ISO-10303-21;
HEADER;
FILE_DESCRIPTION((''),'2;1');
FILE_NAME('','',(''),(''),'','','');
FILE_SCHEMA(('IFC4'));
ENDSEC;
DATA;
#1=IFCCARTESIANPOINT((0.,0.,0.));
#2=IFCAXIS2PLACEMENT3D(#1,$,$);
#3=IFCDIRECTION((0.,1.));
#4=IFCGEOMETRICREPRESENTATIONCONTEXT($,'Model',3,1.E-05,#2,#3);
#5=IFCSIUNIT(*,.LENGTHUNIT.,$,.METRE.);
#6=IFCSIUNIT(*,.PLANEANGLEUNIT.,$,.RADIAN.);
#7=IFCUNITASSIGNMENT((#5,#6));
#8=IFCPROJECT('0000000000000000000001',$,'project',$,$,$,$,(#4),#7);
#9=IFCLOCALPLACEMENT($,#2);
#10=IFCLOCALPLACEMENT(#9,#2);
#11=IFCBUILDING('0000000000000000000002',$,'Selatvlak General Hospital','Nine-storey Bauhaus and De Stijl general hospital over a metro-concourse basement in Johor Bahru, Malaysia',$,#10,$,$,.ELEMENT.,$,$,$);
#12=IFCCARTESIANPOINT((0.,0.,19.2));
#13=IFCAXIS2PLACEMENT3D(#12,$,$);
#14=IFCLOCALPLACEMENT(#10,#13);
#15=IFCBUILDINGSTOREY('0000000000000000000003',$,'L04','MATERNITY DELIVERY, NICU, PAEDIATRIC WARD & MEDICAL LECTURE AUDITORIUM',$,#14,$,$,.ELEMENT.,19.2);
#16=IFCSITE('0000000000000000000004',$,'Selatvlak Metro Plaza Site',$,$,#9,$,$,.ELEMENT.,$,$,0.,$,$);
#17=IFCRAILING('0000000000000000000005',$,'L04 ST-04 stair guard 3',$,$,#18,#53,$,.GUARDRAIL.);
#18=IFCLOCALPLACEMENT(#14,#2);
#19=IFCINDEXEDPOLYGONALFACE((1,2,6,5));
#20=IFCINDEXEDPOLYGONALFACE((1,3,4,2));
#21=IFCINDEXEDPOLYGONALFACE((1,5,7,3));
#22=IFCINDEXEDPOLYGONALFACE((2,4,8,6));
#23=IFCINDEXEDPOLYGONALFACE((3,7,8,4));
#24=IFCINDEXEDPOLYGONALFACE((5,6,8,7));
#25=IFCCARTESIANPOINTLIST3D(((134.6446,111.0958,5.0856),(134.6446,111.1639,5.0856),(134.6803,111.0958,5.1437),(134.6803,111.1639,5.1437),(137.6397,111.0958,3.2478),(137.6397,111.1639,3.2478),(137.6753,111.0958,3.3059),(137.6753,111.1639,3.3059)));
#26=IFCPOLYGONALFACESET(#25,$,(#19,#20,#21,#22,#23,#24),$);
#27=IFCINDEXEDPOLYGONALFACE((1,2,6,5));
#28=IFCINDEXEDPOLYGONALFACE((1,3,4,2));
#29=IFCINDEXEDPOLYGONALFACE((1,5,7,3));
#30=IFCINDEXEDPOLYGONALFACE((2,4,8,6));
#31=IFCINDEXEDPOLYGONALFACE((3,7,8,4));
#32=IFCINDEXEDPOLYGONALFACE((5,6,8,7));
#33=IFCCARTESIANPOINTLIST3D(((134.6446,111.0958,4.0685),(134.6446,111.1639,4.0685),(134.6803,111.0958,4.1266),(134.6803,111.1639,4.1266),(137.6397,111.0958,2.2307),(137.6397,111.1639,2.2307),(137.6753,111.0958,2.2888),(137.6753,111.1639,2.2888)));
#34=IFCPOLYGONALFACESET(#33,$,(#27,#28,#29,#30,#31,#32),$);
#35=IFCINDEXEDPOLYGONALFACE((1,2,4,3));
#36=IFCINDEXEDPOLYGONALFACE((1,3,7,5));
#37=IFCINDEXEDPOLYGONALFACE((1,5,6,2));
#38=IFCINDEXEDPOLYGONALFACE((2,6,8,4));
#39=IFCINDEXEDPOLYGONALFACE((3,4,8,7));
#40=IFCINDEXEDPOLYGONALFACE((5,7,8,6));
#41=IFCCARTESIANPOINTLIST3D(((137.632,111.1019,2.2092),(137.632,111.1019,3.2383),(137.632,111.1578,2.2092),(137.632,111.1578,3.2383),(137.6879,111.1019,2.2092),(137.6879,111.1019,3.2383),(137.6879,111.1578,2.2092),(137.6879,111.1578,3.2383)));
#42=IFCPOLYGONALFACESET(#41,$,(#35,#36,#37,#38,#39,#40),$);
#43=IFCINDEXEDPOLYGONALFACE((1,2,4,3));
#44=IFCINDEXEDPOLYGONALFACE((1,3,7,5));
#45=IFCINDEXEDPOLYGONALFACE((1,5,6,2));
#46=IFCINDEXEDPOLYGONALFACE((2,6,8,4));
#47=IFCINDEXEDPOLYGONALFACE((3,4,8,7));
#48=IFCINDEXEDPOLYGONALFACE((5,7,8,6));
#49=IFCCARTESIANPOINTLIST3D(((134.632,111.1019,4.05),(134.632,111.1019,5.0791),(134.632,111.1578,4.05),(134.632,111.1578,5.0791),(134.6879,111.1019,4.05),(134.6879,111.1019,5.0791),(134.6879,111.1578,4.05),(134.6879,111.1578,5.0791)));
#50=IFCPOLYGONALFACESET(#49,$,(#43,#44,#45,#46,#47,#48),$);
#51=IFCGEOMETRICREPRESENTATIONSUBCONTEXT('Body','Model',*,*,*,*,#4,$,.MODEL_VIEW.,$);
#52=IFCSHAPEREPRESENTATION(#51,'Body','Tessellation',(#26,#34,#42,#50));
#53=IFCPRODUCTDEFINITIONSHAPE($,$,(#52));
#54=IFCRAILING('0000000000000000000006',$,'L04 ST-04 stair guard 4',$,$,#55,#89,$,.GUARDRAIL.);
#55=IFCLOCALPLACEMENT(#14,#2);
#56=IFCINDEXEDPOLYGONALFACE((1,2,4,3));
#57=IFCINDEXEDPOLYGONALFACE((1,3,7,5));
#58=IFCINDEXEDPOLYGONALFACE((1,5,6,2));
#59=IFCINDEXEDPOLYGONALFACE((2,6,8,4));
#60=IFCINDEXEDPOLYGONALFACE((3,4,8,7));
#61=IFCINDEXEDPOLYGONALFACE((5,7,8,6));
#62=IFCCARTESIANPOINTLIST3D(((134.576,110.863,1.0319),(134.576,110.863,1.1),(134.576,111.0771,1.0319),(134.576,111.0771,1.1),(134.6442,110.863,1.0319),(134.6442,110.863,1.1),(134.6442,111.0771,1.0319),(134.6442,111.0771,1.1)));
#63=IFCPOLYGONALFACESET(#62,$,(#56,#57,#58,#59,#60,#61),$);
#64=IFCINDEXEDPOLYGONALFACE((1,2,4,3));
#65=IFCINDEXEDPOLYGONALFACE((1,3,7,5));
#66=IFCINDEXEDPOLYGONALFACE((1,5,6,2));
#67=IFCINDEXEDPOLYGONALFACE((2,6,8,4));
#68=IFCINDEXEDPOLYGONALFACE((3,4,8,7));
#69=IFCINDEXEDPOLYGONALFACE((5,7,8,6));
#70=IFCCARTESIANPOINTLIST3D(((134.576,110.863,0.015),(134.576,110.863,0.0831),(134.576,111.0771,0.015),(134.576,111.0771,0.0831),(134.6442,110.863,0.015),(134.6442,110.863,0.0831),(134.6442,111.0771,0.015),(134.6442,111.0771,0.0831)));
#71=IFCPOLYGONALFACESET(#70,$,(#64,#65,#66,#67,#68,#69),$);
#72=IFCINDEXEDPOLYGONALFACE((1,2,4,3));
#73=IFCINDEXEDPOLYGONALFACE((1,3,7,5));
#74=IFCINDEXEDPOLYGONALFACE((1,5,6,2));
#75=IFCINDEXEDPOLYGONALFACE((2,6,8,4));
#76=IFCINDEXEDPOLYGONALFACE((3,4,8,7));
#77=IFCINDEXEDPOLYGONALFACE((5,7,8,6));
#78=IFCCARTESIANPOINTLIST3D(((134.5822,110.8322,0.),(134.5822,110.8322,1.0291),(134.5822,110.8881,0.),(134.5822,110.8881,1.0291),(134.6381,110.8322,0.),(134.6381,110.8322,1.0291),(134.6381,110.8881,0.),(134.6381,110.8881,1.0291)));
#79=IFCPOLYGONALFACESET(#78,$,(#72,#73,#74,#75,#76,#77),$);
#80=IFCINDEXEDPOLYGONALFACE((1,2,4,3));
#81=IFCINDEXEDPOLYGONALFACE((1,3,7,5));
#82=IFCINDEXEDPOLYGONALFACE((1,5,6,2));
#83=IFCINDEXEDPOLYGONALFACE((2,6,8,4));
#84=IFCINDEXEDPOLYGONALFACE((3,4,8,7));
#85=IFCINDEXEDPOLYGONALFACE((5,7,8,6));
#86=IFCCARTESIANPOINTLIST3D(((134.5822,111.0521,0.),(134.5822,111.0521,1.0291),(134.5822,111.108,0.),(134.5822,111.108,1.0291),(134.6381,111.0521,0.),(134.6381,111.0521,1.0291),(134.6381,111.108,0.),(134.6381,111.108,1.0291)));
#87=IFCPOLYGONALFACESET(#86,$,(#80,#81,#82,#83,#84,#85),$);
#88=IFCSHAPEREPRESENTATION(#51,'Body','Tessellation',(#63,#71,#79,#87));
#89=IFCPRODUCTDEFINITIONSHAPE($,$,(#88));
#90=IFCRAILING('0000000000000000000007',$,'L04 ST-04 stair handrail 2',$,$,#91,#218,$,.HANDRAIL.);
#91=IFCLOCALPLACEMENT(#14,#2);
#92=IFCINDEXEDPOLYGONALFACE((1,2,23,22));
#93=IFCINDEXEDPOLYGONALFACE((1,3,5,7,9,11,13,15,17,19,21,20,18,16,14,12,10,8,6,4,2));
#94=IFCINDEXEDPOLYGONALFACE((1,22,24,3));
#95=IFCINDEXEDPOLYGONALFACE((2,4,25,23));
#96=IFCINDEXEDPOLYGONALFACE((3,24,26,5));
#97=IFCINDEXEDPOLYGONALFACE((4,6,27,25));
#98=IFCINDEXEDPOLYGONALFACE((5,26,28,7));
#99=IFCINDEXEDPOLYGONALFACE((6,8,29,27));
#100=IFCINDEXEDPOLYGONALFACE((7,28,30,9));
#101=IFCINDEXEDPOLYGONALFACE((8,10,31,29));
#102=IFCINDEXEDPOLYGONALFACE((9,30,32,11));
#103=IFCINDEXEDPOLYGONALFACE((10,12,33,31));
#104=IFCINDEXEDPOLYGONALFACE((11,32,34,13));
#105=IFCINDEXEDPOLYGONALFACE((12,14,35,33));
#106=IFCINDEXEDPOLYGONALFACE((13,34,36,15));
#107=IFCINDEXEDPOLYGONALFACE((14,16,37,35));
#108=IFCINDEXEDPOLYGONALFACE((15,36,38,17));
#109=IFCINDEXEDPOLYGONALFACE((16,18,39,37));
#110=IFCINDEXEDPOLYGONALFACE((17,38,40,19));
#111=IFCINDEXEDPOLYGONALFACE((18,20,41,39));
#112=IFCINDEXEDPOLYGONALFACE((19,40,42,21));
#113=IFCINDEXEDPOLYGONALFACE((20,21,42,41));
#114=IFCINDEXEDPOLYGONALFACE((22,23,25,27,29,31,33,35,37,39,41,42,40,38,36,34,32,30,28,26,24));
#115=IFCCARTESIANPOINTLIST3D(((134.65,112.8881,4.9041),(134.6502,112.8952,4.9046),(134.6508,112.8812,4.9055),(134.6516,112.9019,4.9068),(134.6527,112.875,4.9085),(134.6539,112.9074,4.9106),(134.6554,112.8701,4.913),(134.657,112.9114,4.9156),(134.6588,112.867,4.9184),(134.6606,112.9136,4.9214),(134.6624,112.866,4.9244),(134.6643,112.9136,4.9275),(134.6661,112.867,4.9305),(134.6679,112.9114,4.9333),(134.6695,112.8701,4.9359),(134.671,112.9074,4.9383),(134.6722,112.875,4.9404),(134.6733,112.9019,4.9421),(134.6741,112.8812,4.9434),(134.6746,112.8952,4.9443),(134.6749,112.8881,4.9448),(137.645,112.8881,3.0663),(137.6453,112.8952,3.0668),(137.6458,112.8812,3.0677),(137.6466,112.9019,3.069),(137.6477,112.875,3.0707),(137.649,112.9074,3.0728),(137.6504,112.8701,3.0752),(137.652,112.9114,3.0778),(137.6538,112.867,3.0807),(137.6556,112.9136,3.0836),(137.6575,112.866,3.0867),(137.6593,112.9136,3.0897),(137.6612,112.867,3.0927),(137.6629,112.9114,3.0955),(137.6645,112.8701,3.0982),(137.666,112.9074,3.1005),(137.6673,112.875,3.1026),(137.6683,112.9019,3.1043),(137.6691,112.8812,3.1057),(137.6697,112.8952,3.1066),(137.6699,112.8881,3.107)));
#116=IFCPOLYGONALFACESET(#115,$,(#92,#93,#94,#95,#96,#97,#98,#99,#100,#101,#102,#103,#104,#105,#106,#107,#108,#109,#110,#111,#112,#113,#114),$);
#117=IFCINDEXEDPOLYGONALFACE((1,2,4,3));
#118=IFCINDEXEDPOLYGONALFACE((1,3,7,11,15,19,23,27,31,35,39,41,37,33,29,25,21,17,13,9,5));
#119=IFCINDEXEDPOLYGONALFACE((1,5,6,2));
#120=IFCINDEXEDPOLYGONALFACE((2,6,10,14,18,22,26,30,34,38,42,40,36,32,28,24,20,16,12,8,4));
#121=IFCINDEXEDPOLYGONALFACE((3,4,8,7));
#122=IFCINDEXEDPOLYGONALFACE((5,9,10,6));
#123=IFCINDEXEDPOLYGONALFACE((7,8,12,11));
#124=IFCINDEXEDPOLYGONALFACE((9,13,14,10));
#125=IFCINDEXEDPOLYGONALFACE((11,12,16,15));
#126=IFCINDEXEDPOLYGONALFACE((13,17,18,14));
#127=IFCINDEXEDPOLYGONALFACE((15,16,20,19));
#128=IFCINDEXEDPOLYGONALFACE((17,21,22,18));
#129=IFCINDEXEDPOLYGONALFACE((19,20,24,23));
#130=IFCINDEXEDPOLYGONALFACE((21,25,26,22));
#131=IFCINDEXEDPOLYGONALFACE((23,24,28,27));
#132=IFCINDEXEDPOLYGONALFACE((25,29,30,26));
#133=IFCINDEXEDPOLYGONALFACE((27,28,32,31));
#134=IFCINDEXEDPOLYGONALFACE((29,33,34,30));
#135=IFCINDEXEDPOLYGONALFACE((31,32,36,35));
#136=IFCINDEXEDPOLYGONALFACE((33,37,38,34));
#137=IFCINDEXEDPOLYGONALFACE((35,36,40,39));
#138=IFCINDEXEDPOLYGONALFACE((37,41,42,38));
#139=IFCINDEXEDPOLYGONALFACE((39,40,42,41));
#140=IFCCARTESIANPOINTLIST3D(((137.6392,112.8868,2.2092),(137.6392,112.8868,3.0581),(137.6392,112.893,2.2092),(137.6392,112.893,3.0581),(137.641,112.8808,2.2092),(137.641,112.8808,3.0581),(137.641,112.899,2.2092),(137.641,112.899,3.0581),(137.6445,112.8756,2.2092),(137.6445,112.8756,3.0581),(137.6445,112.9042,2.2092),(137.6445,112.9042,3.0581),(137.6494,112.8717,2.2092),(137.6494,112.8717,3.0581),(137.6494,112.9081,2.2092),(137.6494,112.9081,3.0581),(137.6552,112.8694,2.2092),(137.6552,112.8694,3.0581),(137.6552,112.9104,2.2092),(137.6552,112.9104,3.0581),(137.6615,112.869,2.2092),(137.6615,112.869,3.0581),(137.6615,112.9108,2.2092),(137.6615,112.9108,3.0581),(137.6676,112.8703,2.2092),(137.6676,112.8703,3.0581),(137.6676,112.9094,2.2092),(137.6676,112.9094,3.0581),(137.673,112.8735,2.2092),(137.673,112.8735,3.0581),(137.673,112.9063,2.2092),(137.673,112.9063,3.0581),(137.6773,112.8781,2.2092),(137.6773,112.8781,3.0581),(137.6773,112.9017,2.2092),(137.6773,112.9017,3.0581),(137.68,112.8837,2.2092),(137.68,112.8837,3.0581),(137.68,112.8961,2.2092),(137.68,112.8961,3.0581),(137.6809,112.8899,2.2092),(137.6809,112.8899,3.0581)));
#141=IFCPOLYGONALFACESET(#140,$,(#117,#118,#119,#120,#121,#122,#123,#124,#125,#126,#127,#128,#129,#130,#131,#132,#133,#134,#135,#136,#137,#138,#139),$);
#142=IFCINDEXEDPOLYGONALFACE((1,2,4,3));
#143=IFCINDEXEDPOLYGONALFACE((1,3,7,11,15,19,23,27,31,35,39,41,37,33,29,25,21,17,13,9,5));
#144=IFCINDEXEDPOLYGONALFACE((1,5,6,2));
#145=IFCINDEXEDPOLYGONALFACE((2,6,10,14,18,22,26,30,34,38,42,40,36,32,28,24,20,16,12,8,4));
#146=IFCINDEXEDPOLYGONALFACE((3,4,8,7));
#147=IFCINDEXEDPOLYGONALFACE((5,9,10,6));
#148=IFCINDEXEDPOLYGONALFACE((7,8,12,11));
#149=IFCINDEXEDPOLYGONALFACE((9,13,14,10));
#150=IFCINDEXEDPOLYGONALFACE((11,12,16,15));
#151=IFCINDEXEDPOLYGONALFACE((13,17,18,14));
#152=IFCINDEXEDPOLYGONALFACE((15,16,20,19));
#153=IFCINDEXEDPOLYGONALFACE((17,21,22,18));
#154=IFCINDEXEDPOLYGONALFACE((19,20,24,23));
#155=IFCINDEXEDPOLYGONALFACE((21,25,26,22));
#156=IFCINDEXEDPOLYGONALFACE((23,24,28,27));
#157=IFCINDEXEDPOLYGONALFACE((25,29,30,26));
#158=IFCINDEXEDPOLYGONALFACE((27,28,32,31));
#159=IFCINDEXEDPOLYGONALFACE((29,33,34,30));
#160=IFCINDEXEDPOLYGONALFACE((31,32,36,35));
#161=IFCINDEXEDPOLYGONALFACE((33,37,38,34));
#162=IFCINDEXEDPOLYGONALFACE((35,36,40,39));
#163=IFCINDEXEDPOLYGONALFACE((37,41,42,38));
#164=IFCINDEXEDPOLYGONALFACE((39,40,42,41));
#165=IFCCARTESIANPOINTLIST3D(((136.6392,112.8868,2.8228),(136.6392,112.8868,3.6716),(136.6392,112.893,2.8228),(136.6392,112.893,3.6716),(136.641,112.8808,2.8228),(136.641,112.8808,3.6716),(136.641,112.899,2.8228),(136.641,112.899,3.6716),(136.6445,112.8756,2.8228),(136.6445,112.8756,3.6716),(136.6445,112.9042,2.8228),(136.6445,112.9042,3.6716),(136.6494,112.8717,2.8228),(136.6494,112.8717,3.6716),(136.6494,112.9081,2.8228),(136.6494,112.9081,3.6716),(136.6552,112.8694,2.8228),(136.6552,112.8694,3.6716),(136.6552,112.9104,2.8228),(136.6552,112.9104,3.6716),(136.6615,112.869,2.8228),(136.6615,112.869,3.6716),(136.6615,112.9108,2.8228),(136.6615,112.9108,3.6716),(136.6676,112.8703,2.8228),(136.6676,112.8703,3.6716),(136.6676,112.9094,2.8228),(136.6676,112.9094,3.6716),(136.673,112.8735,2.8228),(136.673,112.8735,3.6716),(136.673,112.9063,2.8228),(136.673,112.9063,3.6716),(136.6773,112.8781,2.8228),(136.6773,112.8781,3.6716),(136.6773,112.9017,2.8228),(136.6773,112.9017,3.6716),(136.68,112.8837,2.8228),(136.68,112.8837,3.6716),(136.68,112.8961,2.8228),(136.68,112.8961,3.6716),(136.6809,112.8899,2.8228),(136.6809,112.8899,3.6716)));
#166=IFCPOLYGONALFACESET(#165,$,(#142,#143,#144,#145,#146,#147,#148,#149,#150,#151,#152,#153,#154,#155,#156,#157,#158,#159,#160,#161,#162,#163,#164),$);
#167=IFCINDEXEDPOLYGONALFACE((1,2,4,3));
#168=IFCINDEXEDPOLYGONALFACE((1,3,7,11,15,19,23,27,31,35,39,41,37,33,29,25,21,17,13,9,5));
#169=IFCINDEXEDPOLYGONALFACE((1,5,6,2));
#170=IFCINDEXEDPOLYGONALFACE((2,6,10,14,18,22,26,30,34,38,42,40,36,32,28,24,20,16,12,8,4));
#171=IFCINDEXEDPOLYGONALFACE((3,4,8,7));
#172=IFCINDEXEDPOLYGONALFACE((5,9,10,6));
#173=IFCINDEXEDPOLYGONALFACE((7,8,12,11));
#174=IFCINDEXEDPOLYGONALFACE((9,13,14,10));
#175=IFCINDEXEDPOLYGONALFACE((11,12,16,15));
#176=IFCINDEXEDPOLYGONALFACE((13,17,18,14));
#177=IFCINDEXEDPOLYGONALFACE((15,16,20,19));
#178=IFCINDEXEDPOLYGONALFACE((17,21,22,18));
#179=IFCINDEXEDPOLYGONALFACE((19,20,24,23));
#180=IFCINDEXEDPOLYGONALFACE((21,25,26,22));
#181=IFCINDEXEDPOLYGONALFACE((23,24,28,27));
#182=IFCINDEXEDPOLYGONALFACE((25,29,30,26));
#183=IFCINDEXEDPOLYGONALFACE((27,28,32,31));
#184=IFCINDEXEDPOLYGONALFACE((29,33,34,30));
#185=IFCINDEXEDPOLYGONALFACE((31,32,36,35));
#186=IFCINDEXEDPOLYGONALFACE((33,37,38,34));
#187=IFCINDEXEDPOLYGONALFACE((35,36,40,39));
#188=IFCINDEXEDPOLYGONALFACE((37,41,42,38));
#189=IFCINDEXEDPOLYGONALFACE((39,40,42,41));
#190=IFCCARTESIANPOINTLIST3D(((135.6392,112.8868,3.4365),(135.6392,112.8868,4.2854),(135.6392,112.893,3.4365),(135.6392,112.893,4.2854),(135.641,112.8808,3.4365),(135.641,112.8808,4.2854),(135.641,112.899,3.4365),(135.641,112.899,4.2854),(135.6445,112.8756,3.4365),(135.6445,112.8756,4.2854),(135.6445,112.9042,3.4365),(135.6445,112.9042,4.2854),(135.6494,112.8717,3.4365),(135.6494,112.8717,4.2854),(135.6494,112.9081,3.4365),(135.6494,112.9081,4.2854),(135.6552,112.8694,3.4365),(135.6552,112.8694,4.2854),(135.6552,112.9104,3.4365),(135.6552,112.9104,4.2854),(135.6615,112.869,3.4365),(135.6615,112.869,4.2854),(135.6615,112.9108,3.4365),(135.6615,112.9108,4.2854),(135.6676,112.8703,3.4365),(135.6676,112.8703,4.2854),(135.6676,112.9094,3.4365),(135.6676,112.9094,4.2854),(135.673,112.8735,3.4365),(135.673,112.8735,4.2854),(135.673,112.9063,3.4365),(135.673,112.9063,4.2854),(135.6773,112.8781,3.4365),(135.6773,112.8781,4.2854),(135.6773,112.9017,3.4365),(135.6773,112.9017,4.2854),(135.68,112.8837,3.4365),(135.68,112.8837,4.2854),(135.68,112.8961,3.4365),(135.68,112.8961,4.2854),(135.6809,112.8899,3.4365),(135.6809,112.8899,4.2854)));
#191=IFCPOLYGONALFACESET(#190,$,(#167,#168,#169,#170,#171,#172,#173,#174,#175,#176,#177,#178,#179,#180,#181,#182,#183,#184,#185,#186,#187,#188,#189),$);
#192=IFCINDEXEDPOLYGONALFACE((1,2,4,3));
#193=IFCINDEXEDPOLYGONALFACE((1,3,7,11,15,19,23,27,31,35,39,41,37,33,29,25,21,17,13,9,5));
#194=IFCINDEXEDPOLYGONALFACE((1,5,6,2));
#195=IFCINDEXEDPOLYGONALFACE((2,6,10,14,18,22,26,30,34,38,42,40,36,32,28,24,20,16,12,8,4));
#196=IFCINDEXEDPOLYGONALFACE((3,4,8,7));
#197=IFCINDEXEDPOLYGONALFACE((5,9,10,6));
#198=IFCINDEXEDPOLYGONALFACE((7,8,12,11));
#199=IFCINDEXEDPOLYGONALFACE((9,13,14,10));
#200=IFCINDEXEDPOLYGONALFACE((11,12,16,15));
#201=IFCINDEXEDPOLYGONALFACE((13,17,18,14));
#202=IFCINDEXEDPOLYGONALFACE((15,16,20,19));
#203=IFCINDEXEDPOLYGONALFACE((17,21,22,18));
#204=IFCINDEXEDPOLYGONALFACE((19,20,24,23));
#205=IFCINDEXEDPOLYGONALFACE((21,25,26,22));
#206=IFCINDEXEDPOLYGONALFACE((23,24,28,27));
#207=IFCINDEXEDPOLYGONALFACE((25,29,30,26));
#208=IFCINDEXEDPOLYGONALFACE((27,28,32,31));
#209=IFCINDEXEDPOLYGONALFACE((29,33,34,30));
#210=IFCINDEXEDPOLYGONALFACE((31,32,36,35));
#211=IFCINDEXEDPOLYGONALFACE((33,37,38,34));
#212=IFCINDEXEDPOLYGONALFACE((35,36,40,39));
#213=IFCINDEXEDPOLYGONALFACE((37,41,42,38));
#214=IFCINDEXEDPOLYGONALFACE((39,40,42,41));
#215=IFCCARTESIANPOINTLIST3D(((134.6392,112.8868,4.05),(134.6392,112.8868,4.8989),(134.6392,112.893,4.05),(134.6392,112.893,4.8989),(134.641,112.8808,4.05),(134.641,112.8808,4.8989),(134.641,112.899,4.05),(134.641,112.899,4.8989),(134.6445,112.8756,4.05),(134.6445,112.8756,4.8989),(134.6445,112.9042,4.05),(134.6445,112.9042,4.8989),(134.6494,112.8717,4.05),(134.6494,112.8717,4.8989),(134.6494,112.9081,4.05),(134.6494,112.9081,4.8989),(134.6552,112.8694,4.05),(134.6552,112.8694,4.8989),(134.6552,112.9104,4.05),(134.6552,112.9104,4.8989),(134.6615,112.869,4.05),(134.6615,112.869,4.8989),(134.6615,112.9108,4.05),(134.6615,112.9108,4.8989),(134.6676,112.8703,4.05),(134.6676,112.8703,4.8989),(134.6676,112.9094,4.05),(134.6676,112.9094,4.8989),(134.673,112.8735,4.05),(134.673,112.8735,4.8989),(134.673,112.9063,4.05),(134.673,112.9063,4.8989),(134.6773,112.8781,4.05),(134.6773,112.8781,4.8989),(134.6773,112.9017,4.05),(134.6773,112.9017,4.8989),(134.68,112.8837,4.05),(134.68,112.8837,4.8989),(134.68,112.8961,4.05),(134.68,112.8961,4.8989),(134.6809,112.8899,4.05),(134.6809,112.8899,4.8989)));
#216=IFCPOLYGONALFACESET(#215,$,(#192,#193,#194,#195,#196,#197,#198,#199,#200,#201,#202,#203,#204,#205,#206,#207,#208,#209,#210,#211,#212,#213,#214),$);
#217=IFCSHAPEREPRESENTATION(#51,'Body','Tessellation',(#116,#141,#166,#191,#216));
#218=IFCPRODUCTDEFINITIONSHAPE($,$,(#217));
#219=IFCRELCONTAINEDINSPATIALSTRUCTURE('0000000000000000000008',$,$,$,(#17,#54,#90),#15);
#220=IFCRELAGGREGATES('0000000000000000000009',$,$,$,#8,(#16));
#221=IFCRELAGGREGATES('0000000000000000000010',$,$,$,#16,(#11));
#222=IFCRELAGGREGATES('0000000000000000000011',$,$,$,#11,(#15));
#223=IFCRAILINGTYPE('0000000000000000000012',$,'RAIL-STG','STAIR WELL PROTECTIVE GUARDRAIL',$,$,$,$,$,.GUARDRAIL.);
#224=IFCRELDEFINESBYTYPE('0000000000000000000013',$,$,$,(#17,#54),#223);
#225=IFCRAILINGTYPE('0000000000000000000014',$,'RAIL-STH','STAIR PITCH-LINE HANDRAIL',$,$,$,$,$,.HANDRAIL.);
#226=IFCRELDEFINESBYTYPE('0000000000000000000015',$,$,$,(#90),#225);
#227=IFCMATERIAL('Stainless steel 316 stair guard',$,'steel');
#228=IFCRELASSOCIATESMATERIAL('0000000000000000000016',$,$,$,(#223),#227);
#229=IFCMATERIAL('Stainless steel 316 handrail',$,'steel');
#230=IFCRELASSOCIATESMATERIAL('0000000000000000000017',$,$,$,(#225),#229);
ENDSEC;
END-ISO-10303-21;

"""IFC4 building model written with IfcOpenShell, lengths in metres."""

from ifc_helpers import new_model, si_unit, direction, frame, origin, origin_2d, place, context, subcontext, project, spatial, rectangle, circle, extrude, material, type_object, element, save


model = new_model("IFC4")

# Units and contexts
model_context = context("Model", 3, precision=1e-05, world=origin(), true_north=direction((0.0, 1.0)))
body_context = subcontext(model_context, "Body", "Model", "MODEL_VIEW")
ifc_project = project(units=[si_unit("LENGTHUNIT", "METRE"), si_unit("PLANEANGLEUNIT", "RADIAN")], contexts=[model_context])

# Site, building, storey
site_placement = place(None, origin())
site = spatial("IfcSite", under=ifc_project, at=site_placement, Name="Selatvlak Metro Plaza Site", CompositionType="ELEMENT", RefElevation=0.0)
building_placement = place(site_placement, origin())
building = spatial("IfcBuilding", under=site, at=building_placement, Name="Selatvlak General Hospital", Description="Nine-storey Bauhaus and De Stijl general hospital over a metro-concourse basement in Johor Bahru, Malaysia", CompositionType="ELEMENT")
storey_placement = place(building_placement, frame((0.0, 0.0, 19.2)))
storey = spatial("IfcBuildingStorey", under=building, at=storey_placement, Name="L04", Description="MATERNITY DELIVERY, NICU, PAEDIATRIC WARD & MEDICAL LECTURE AUDITORIUM", CompositionType="ELEMENT", Elevation=19.2)

# Railings
ifc_material_1 = material(Name="Stainless steel 316 stair guard", Category="steel")
railing_type_1 = type_object("IfcRailingType", Name="RAIL-STG", Description="STAIR WELL PROTECTIVE GUARDRAIL", PredefinedType="GUARDRAIL", material=ifc_material_1)
railing_1_placement = place(storey_placement, frame((137.6599, 111.1299, 2.2092)))
element("IfcRailing", 1, at=railing_1_placement, inside=storey, type_object=railing_type_1, Name="L04 ST-04 stair guard 3", PredefinedType="GUARDRAIL", context=body_context, shape_type="SweptSolid", body=[
    extrude(rectangle(XDim=0.0681, YDim=0.0681, at=origin_2d()), frame((-0.0024, 0.0, 1.0676), z_axis=(-0.852334, 0.0, 0.522998), x_axis=(0.0, -1.0, 0.0)), (0.0, 0.0, 1.0), 3.5139),
    extrude(rectangle(XDim=0.0681, YDim=0.0681, at=origin_2d()), frame((-0.0024, 0.0, 0.0505), z_axis=(-0.852334, 0.0, 0.522998), x_axis=(0.0, -1.0, 0.0)), (0.0, 0.0, 1.0), 3.5139),
    extrude(rectangle(XDim=0.0559, YDim=0.0559, at=origin_2d()), origin(), (0.0, 0.0, 1.0), 1.0291),
    extrude(rectangle(XDim=0.0559, YDim=0.0559, at=origin_2d()), frame((-3.0, 0.0, 1.8408)), (0.0, 0.0, 1.0), 1.0291),
])
railing_2_placement = place(storey_placement, frame((134.6101, 110.8601, 0.0)))
element("IfcRailing", 2, at=railing_2_placement, inside=storey, type_object=railing_type_1, Name="L04 ST-04 stair guard 4", PredefinedType="GUARDRAIL", context=body_context, shape_type="SweptSolid", body=[
    extrude(rectangle(XDim=0.0681, YDim=0.0681, at=origin_2d()), frame((0.0, 0.0029, 1.0659), z_axis=(0.0, 1.0, 0.0), x_axis=(-1.0, 0.0, 0.0)), (0.0, 0.0, 1.0), 0.2141),
    extrude(rectangle(XDim=0.0681, YDim=0.0681, at=origin_2d()), frame((0.0, 0.0029, 0.0491), z_axis=(0.0, 1.0, 0.0), x_axis=(-1.0, 0.0, 0.0)), (0.0, 0.0, 1.0), 0.2141),
    extrude(rectangle(XDim=0.0559, YDim=0.0559, at=origin_2d()), origin(), (0.0, 0.0, 1.0), 1.0291),
    extrude(rectangle(XDim=0.0559, YDim=0.0559, at=origin_2d()), frame((0.0, 0.22, 0.0)), (0.0, 0.0, 1.0), 1.0291),
])
ifc_material_2 = material(Name="Stainless steel 316 handrail", Category="steel")
railing_type_2 = type_object("IfcRailingType", Name="RAIL-STH", Description="STAIR PITCH-LINE HANDRAIL", PredefinedType="HANDRAIL", material=ifc_material_2)
railing_3_placement = place(storey_placement, frame((137.6599, 112.8899, 2.2092)))
element("IfcRailing", 3, at=railing_3_placement, inside=storey, type_object=railing_type_2, Name="L04 ST-04 stair handrail 2", PredefinedType="HANDRAIL", context=body_context, shape_type="SweptSolid", body=[
    extrude(circle(Radius=0.0239, at=origin_2d()), frame((-0.0024, 0.0, 0.8774), z_axis=(-0.852334, 0.0, 0.522998), x_axis=(0.0, -1.0, 0.0)), (0.0, 0.0, 1.0), 3.5139),
    extrude(circle(Radius=0.021, at=origin_2d()), origin(), (0.0, 0.0, 1.0), 0.8489),
    extrude(circle(Radius=0.021, at=origin_2d()), frame((-1.0, 0.0, 0.6135)), (0.0, 0.0, 1.0), 0.8489),
    extrude(circle(Radius=0.021, at=origin_2d()), frame((-2.0, 0.0, 1.2273)), (0.0, 0.0, 1.0), 0.8489),
    extrude(circle(Radius=0.021, at=origin_2d()), frame((-3.0, 0.0, 1.8408)), (0.0, 0.0, 1.0), 0.8489),
])

save(model, "model.ifc")
